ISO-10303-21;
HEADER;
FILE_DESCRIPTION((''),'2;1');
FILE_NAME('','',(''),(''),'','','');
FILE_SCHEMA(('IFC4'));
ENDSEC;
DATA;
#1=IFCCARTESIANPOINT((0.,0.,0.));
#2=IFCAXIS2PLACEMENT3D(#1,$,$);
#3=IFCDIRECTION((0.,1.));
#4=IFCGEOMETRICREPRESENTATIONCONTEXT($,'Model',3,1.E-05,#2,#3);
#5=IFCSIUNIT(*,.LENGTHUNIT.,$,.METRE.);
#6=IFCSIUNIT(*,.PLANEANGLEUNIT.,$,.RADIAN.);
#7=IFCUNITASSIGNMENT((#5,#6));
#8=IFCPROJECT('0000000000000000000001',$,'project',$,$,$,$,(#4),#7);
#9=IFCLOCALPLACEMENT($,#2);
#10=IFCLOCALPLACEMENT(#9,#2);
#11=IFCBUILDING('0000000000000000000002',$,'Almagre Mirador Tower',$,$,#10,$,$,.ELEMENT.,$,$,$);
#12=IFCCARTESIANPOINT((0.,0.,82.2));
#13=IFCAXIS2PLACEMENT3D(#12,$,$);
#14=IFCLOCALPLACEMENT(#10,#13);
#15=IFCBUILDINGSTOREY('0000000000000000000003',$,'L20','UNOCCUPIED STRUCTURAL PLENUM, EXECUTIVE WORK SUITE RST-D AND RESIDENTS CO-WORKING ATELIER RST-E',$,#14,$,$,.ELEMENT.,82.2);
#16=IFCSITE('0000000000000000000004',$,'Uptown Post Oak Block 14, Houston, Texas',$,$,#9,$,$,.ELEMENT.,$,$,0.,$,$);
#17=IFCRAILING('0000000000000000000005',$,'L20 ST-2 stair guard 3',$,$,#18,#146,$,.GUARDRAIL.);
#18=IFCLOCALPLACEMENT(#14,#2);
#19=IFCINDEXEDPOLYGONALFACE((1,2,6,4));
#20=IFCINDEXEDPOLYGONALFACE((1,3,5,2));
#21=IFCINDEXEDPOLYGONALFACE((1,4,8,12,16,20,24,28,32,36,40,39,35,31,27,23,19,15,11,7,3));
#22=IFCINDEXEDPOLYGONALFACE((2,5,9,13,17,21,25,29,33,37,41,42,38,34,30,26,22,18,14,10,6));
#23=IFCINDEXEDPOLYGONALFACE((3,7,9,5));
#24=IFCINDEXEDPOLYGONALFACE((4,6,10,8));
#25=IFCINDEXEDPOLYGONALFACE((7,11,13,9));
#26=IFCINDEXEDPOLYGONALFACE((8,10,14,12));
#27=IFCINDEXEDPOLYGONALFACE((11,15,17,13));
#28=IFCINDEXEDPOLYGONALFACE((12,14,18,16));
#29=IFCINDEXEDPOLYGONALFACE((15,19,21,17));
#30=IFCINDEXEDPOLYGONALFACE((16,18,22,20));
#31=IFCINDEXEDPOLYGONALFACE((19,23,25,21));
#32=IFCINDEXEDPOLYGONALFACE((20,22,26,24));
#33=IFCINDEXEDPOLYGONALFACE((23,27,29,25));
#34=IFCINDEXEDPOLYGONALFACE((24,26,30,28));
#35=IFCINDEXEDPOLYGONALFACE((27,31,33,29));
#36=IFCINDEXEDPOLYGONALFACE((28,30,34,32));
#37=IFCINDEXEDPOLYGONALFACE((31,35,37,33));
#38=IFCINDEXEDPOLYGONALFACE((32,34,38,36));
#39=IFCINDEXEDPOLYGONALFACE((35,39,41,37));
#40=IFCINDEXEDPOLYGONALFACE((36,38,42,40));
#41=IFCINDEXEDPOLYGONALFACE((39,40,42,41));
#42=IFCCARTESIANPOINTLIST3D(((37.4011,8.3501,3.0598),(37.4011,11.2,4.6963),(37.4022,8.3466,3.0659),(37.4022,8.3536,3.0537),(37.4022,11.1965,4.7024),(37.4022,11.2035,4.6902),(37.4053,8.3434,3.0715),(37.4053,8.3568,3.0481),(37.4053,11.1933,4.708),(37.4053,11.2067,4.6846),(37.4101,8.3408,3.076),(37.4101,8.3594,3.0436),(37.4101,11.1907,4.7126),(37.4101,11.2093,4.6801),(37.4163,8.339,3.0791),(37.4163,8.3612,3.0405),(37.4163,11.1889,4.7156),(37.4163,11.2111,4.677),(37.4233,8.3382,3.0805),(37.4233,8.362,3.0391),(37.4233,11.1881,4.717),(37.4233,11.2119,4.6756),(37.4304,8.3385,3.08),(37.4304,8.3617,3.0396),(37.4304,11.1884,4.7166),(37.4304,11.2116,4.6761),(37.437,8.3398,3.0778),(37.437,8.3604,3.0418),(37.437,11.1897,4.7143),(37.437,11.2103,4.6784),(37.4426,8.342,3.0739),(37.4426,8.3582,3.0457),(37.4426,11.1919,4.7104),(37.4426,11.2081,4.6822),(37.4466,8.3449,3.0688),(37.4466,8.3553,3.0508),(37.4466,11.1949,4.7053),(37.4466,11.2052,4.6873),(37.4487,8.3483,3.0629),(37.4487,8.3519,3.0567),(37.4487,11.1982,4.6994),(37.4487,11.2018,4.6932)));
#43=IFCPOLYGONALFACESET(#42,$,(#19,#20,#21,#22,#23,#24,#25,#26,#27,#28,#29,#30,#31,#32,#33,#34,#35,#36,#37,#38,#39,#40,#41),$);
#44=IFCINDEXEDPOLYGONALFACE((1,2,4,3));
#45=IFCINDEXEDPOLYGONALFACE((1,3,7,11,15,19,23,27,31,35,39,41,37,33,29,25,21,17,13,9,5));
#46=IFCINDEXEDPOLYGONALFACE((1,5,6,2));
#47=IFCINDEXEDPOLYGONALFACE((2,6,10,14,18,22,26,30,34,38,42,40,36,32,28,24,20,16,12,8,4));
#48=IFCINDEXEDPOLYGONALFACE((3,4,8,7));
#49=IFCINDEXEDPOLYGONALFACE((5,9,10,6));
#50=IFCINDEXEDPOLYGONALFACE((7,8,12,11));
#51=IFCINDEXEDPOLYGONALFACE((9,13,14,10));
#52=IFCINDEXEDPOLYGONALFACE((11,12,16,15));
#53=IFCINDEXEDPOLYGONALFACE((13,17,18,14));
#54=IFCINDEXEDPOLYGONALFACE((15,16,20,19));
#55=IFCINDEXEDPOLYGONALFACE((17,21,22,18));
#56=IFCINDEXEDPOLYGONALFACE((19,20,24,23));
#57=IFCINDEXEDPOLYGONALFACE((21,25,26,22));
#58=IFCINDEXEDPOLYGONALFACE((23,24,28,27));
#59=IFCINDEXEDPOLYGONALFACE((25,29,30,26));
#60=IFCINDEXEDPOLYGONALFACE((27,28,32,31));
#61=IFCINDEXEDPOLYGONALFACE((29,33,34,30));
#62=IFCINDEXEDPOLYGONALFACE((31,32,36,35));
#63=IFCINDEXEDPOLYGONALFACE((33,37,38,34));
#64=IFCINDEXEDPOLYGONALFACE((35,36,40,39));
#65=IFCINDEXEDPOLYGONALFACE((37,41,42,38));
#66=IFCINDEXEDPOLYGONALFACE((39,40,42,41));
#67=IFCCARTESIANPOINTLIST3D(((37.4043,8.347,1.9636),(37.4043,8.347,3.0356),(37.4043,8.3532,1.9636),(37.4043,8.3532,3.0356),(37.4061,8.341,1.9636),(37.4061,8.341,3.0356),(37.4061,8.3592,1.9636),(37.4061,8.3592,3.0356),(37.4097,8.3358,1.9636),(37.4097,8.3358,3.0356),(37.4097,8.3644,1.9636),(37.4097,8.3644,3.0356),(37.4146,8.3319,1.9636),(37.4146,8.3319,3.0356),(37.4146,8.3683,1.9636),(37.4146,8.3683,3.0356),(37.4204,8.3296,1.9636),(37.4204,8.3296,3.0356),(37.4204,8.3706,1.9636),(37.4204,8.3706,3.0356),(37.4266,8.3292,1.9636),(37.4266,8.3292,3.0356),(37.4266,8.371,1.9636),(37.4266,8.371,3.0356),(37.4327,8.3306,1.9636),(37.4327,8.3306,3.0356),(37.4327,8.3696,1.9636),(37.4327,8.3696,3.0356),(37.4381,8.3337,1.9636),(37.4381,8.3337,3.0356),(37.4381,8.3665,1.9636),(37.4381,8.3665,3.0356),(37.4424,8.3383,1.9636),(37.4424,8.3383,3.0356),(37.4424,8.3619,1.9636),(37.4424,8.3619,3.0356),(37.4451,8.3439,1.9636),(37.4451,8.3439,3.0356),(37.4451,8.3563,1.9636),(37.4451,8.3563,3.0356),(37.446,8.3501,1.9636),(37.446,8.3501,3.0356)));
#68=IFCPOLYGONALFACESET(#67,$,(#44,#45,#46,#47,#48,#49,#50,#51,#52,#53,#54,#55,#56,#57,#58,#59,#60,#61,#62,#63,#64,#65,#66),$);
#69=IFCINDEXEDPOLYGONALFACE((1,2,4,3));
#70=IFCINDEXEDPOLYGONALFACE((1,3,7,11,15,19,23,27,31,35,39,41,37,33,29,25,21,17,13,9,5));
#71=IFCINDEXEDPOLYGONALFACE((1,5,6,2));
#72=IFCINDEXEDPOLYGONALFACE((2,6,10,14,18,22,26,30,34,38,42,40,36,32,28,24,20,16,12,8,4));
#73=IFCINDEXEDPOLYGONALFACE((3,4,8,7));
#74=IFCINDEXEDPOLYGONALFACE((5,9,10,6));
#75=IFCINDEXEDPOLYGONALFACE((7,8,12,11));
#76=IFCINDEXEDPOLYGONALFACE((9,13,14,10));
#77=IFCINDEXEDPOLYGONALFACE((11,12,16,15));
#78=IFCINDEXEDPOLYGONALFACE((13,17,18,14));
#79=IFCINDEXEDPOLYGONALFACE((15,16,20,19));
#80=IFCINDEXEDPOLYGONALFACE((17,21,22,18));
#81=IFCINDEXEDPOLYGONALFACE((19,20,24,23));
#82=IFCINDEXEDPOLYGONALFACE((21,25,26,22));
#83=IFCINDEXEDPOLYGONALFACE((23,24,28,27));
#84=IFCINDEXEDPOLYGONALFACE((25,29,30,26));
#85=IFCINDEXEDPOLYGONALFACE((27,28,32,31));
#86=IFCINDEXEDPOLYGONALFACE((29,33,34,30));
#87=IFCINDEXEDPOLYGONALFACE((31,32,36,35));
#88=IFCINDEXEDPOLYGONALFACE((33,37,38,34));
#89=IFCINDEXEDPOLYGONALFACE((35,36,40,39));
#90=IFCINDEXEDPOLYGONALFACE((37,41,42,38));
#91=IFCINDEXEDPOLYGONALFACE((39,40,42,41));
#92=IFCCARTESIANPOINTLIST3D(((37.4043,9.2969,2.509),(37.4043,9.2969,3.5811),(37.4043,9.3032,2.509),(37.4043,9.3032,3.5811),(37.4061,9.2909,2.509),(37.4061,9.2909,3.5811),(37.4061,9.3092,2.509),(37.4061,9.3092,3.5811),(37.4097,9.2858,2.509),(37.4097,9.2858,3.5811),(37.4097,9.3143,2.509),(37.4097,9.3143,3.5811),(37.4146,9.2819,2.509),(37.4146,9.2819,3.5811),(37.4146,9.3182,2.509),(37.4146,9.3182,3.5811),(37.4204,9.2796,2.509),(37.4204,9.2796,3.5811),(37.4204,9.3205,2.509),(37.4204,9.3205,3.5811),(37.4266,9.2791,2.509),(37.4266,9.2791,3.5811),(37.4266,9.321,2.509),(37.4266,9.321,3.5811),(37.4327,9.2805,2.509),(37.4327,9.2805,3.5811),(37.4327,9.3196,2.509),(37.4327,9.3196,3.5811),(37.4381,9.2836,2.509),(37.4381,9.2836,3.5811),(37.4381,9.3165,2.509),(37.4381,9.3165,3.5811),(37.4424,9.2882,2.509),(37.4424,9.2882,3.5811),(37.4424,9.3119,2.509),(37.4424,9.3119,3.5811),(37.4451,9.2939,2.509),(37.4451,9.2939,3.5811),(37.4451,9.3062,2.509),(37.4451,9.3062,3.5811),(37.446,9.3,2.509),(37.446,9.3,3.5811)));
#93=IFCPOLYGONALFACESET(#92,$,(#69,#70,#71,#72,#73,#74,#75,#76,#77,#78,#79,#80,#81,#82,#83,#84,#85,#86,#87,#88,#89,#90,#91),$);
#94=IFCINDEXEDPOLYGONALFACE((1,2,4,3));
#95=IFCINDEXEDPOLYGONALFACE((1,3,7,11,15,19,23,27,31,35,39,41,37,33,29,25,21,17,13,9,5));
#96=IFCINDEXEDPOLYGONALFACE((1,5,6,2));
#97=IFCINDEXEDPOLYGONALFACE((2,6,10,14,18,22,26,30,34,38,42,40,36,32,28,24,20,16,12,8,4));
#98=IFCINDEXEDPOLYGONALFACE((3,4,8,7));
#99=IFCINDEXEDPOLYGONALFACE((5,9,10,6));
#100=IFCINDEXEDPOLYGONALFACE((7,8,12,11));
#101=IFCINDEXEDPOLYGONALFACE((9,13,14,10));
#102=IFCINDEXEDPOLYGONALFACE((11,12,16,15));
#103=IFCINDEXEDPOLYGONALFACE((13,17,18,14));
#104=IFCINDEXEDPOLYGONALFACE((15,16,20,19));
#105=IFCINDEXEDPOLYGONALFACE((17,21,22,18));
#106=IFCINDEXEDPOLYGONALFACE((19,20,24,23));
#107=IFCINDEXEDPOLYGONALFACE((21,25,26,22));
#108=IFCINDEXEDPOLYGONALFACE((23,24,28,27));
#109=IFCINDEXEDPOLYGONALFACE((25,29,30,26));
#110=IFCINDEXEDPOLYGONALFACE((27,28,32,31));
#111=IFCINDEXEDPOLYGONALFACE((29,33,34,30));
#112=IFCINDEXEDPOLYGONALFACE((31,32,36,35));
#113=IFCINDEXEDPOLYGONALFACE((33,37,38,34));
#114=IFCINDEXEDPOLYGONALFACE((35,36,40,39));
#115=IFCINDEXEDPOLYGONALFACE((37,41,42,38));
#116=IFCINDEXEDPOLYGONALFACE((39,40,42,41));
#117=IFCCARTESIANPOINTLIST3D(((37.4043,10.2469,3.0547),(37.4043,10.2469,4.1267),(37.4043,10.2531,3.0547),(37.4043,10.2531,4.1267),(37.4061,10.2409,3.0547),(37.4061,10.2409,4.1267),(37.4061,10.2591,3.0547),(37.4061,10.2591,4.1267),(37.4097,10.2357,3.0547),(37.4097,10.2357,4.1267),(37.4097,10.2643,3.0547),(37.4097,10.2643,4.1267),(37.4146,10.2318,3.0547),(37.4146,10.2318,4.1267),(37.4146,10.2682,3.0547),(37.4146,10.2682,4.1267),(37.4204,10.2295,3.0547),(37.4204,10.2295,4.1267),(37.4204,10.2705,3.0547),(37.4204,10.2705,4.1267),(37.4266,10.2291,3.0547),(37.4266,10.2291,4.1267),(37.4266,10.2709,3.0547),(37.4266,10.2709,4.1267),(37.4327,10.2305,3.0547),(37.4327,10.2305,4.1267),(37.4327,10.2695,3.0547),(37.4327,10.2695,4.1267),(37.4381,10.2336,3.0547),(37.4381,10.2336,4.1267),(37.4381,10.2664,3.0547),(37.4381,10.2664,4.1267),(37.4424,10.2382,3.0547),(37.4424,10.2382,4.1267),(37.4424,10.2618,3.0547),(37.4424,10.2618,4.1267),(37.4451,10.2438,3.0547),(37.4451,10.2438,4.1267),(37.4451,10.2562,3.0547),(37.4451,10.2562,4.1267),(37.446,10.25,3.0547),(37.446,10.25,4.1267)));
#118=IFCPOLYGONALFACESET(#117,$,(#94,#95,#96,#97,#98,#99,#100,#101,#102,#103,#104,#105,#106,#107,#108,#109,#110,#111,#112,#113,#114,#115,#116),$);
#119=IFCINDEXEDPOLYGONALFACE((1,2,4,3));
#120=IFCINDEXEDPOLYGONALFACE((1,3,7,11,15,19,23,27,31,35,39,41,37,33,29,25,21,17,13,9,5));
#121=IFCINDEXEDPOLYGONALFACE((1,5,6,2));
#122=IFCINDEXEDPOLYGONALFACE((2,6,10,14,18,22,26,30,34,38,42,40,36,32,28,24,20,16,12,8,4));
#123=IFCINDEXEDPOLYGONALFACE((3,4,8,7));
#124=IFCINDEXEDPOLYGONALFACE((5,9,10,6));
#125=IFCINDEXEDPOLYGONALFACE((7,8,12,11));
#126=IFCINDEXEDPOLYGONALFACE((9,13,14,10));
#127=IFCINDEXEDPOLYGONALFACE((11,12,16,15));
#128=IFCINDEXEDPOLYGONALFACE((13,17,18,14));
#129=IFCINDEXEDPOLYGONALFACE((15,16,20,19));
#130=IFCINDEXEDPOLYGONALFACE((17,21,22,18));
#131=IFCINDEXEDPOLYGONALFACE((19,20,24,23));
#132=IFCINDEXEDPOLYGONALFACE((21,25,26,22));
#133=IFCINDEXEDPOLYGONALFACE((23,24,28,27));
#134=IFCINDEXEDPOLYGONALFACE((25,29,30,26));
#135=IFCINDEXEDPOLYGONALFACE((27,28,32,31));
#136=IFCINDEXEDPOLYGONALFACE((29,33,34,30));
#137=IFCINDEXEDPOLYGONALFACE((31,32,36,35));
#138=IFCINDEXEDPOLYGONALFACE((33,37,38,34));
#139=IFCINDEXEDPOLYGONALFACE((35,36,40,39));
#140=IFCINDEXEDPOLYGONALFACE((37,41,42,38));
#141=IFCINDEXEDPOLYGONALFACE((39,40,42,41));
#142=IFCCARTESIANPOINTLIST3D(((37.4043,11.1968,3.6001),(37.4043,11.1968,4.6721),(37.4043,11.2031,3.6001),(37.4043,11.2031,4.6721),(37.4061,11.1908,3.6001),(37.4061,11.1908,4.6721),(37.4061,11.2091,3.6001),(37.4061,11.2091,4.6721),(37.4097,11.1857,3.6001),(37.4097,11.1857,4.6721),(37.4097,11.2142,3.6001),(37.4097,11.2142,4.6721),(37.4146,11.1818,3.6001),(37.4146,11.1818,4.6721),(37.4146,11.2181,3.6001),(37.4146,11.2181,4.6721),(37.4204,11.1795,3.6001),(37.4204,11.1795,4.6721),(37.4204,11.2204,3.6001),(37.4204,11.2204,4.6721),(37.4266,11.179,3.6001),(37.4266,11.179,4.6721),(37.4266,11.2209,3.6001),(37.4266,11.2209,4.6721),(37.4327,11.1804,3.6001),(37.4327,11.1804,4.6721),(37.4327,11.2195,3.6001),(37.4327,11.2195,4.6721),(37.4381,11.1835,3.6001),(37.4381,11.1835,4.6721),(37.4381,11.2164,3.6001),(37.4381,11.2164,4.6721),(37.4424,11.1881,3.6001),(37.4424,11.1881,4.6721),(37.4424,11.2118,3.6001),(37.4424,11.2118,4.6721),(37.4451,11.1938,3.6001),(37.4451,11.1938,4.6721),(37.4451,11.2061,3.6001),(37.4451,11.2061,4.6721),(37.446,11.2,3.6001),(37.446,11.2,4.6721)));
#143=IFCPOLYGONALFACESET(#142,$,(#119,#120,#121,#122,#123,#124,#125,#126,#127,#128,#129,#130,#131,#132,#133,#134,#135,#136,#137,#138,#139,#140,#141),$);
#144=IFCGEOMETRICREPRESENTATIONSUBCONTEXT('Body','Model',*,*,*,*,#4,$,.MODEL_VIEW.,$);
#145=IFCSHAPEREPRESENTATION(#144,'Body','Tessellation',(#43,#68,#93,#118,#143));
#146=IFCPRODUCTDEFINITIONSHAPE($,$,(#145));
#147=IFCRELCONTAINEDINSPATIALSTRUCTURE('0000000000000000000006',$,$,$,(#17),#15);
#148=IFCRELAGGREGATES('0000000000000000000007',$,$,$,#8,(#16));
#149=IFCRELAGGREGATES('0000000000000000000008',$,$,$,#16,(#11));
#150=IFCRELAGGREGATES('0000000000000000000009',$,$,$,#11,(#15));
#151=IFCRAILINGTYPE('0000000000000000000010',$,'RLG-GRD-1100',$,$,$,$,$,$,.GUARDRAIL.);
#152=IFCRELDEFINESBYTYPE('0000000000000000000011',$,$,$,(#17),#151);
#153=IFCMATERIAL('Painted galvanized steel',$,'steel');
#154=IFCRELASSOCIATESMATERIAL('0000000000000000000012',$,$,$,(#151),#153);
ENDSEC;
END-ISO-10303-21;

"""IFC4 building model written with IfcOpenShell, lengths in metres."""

from ifc_helpers import new_model, si_unit, direction, frame, origin, origin_2d, place, context, subcontext, project, spatial, circle, extrude, material, type_object, element, save


model = new_model("IFC4")

# Units and contexts
model_context = context("Model", 3, precision=1e-05, world=origin(), true_north=direction((0.0, 1.0)))
body_context = subcontext(model_context, "Body", "Model", "MODEL_VIEW")
ifc_project = project(units=[si_unit("LENGTHUNIT", "METRE"), si_unit("PLANEANGLEUNIT", "RADIAN")], contexts=[model_context])

# Site, building, storey
site_placement = place(None, origin())
site = spatial("IfcSite", under=ifc_project, at=site_placement, Name="Uptown Post Oak Block 14, Houston, Texas", CompositionType="ELEMENT", RefElevation=0.0)
building_placement = place(site_placement, origin())
building = spatial("IfcBuilding", under=site, at=building_placement, Name="Almagre Mirador Tower", CompositionType="ELEMENT")
storey_placement = place(building_placement, frame((0.0, 0.0, 82.2)))
storey = spatial("IfcBuildingStorey", under=building, at=storey_placement, Name="L20", Description="UNOCCUPIED STRUCTURAL PLENUM, EXECUTIVE WORK SUITE RST-D AND RESIDENTS CO-WORKING ATELIER RST-E", CompositionType="ELEMENT", Elevation=82.2)

# Railing
ifc_material_1 = material(Name="Painted galvanized steel", Category="steel")
railing_type_1 = type_object("IfcRailingType", Name="RLG-GRD-1100", PredefinedType="GUARDRAIL", material=ifc_material_1)
railing_1_placement = place(storey_placement, frame((37.425, 8.3501, 1.9636)))
element("IfcRailing", 1, at=railing_1_placement, inside=storey, type_object=railing_type_1, Name="L20 ST-2 stair guard 3", PredefinedType="GUARDRAIL", context=body_context, shape_type="SweptSolid", body=[
    extrude(circle(Radius=0.0239, at=origin_2d()), frame((0.0, 0.0, 1.0962), z_axis=(0.0, 0.867194, 0.49797), x_axis=(-1.0, 0.0, 0.0)), (0.0, 0.0, 1.0), 3.2864),
    extrude(circle(Radius=0.021, at=origin_2d()), origin(), (0.0, 0.0, 1.0), 1.072),
    extrude(circle(Radius=0.021, at=origin_2d()), frame((0.0, 0.95, 0.5454)), (0.0, 0.0, 1.0), 1.072),
    extrude(circle(Radius=0.021, at=origin_2d()), frame((0.0, 1.8999, 1.0911)), (0.0, 0.0, 1.0), 1.072),
    extrude(circle(Radius=0.021, at=origin_2d()), frame((0.0, 2.8499, 1.6365)), (0.0, 0.0, 1.0), 1.072),
])

save(model, "model.ifc")
